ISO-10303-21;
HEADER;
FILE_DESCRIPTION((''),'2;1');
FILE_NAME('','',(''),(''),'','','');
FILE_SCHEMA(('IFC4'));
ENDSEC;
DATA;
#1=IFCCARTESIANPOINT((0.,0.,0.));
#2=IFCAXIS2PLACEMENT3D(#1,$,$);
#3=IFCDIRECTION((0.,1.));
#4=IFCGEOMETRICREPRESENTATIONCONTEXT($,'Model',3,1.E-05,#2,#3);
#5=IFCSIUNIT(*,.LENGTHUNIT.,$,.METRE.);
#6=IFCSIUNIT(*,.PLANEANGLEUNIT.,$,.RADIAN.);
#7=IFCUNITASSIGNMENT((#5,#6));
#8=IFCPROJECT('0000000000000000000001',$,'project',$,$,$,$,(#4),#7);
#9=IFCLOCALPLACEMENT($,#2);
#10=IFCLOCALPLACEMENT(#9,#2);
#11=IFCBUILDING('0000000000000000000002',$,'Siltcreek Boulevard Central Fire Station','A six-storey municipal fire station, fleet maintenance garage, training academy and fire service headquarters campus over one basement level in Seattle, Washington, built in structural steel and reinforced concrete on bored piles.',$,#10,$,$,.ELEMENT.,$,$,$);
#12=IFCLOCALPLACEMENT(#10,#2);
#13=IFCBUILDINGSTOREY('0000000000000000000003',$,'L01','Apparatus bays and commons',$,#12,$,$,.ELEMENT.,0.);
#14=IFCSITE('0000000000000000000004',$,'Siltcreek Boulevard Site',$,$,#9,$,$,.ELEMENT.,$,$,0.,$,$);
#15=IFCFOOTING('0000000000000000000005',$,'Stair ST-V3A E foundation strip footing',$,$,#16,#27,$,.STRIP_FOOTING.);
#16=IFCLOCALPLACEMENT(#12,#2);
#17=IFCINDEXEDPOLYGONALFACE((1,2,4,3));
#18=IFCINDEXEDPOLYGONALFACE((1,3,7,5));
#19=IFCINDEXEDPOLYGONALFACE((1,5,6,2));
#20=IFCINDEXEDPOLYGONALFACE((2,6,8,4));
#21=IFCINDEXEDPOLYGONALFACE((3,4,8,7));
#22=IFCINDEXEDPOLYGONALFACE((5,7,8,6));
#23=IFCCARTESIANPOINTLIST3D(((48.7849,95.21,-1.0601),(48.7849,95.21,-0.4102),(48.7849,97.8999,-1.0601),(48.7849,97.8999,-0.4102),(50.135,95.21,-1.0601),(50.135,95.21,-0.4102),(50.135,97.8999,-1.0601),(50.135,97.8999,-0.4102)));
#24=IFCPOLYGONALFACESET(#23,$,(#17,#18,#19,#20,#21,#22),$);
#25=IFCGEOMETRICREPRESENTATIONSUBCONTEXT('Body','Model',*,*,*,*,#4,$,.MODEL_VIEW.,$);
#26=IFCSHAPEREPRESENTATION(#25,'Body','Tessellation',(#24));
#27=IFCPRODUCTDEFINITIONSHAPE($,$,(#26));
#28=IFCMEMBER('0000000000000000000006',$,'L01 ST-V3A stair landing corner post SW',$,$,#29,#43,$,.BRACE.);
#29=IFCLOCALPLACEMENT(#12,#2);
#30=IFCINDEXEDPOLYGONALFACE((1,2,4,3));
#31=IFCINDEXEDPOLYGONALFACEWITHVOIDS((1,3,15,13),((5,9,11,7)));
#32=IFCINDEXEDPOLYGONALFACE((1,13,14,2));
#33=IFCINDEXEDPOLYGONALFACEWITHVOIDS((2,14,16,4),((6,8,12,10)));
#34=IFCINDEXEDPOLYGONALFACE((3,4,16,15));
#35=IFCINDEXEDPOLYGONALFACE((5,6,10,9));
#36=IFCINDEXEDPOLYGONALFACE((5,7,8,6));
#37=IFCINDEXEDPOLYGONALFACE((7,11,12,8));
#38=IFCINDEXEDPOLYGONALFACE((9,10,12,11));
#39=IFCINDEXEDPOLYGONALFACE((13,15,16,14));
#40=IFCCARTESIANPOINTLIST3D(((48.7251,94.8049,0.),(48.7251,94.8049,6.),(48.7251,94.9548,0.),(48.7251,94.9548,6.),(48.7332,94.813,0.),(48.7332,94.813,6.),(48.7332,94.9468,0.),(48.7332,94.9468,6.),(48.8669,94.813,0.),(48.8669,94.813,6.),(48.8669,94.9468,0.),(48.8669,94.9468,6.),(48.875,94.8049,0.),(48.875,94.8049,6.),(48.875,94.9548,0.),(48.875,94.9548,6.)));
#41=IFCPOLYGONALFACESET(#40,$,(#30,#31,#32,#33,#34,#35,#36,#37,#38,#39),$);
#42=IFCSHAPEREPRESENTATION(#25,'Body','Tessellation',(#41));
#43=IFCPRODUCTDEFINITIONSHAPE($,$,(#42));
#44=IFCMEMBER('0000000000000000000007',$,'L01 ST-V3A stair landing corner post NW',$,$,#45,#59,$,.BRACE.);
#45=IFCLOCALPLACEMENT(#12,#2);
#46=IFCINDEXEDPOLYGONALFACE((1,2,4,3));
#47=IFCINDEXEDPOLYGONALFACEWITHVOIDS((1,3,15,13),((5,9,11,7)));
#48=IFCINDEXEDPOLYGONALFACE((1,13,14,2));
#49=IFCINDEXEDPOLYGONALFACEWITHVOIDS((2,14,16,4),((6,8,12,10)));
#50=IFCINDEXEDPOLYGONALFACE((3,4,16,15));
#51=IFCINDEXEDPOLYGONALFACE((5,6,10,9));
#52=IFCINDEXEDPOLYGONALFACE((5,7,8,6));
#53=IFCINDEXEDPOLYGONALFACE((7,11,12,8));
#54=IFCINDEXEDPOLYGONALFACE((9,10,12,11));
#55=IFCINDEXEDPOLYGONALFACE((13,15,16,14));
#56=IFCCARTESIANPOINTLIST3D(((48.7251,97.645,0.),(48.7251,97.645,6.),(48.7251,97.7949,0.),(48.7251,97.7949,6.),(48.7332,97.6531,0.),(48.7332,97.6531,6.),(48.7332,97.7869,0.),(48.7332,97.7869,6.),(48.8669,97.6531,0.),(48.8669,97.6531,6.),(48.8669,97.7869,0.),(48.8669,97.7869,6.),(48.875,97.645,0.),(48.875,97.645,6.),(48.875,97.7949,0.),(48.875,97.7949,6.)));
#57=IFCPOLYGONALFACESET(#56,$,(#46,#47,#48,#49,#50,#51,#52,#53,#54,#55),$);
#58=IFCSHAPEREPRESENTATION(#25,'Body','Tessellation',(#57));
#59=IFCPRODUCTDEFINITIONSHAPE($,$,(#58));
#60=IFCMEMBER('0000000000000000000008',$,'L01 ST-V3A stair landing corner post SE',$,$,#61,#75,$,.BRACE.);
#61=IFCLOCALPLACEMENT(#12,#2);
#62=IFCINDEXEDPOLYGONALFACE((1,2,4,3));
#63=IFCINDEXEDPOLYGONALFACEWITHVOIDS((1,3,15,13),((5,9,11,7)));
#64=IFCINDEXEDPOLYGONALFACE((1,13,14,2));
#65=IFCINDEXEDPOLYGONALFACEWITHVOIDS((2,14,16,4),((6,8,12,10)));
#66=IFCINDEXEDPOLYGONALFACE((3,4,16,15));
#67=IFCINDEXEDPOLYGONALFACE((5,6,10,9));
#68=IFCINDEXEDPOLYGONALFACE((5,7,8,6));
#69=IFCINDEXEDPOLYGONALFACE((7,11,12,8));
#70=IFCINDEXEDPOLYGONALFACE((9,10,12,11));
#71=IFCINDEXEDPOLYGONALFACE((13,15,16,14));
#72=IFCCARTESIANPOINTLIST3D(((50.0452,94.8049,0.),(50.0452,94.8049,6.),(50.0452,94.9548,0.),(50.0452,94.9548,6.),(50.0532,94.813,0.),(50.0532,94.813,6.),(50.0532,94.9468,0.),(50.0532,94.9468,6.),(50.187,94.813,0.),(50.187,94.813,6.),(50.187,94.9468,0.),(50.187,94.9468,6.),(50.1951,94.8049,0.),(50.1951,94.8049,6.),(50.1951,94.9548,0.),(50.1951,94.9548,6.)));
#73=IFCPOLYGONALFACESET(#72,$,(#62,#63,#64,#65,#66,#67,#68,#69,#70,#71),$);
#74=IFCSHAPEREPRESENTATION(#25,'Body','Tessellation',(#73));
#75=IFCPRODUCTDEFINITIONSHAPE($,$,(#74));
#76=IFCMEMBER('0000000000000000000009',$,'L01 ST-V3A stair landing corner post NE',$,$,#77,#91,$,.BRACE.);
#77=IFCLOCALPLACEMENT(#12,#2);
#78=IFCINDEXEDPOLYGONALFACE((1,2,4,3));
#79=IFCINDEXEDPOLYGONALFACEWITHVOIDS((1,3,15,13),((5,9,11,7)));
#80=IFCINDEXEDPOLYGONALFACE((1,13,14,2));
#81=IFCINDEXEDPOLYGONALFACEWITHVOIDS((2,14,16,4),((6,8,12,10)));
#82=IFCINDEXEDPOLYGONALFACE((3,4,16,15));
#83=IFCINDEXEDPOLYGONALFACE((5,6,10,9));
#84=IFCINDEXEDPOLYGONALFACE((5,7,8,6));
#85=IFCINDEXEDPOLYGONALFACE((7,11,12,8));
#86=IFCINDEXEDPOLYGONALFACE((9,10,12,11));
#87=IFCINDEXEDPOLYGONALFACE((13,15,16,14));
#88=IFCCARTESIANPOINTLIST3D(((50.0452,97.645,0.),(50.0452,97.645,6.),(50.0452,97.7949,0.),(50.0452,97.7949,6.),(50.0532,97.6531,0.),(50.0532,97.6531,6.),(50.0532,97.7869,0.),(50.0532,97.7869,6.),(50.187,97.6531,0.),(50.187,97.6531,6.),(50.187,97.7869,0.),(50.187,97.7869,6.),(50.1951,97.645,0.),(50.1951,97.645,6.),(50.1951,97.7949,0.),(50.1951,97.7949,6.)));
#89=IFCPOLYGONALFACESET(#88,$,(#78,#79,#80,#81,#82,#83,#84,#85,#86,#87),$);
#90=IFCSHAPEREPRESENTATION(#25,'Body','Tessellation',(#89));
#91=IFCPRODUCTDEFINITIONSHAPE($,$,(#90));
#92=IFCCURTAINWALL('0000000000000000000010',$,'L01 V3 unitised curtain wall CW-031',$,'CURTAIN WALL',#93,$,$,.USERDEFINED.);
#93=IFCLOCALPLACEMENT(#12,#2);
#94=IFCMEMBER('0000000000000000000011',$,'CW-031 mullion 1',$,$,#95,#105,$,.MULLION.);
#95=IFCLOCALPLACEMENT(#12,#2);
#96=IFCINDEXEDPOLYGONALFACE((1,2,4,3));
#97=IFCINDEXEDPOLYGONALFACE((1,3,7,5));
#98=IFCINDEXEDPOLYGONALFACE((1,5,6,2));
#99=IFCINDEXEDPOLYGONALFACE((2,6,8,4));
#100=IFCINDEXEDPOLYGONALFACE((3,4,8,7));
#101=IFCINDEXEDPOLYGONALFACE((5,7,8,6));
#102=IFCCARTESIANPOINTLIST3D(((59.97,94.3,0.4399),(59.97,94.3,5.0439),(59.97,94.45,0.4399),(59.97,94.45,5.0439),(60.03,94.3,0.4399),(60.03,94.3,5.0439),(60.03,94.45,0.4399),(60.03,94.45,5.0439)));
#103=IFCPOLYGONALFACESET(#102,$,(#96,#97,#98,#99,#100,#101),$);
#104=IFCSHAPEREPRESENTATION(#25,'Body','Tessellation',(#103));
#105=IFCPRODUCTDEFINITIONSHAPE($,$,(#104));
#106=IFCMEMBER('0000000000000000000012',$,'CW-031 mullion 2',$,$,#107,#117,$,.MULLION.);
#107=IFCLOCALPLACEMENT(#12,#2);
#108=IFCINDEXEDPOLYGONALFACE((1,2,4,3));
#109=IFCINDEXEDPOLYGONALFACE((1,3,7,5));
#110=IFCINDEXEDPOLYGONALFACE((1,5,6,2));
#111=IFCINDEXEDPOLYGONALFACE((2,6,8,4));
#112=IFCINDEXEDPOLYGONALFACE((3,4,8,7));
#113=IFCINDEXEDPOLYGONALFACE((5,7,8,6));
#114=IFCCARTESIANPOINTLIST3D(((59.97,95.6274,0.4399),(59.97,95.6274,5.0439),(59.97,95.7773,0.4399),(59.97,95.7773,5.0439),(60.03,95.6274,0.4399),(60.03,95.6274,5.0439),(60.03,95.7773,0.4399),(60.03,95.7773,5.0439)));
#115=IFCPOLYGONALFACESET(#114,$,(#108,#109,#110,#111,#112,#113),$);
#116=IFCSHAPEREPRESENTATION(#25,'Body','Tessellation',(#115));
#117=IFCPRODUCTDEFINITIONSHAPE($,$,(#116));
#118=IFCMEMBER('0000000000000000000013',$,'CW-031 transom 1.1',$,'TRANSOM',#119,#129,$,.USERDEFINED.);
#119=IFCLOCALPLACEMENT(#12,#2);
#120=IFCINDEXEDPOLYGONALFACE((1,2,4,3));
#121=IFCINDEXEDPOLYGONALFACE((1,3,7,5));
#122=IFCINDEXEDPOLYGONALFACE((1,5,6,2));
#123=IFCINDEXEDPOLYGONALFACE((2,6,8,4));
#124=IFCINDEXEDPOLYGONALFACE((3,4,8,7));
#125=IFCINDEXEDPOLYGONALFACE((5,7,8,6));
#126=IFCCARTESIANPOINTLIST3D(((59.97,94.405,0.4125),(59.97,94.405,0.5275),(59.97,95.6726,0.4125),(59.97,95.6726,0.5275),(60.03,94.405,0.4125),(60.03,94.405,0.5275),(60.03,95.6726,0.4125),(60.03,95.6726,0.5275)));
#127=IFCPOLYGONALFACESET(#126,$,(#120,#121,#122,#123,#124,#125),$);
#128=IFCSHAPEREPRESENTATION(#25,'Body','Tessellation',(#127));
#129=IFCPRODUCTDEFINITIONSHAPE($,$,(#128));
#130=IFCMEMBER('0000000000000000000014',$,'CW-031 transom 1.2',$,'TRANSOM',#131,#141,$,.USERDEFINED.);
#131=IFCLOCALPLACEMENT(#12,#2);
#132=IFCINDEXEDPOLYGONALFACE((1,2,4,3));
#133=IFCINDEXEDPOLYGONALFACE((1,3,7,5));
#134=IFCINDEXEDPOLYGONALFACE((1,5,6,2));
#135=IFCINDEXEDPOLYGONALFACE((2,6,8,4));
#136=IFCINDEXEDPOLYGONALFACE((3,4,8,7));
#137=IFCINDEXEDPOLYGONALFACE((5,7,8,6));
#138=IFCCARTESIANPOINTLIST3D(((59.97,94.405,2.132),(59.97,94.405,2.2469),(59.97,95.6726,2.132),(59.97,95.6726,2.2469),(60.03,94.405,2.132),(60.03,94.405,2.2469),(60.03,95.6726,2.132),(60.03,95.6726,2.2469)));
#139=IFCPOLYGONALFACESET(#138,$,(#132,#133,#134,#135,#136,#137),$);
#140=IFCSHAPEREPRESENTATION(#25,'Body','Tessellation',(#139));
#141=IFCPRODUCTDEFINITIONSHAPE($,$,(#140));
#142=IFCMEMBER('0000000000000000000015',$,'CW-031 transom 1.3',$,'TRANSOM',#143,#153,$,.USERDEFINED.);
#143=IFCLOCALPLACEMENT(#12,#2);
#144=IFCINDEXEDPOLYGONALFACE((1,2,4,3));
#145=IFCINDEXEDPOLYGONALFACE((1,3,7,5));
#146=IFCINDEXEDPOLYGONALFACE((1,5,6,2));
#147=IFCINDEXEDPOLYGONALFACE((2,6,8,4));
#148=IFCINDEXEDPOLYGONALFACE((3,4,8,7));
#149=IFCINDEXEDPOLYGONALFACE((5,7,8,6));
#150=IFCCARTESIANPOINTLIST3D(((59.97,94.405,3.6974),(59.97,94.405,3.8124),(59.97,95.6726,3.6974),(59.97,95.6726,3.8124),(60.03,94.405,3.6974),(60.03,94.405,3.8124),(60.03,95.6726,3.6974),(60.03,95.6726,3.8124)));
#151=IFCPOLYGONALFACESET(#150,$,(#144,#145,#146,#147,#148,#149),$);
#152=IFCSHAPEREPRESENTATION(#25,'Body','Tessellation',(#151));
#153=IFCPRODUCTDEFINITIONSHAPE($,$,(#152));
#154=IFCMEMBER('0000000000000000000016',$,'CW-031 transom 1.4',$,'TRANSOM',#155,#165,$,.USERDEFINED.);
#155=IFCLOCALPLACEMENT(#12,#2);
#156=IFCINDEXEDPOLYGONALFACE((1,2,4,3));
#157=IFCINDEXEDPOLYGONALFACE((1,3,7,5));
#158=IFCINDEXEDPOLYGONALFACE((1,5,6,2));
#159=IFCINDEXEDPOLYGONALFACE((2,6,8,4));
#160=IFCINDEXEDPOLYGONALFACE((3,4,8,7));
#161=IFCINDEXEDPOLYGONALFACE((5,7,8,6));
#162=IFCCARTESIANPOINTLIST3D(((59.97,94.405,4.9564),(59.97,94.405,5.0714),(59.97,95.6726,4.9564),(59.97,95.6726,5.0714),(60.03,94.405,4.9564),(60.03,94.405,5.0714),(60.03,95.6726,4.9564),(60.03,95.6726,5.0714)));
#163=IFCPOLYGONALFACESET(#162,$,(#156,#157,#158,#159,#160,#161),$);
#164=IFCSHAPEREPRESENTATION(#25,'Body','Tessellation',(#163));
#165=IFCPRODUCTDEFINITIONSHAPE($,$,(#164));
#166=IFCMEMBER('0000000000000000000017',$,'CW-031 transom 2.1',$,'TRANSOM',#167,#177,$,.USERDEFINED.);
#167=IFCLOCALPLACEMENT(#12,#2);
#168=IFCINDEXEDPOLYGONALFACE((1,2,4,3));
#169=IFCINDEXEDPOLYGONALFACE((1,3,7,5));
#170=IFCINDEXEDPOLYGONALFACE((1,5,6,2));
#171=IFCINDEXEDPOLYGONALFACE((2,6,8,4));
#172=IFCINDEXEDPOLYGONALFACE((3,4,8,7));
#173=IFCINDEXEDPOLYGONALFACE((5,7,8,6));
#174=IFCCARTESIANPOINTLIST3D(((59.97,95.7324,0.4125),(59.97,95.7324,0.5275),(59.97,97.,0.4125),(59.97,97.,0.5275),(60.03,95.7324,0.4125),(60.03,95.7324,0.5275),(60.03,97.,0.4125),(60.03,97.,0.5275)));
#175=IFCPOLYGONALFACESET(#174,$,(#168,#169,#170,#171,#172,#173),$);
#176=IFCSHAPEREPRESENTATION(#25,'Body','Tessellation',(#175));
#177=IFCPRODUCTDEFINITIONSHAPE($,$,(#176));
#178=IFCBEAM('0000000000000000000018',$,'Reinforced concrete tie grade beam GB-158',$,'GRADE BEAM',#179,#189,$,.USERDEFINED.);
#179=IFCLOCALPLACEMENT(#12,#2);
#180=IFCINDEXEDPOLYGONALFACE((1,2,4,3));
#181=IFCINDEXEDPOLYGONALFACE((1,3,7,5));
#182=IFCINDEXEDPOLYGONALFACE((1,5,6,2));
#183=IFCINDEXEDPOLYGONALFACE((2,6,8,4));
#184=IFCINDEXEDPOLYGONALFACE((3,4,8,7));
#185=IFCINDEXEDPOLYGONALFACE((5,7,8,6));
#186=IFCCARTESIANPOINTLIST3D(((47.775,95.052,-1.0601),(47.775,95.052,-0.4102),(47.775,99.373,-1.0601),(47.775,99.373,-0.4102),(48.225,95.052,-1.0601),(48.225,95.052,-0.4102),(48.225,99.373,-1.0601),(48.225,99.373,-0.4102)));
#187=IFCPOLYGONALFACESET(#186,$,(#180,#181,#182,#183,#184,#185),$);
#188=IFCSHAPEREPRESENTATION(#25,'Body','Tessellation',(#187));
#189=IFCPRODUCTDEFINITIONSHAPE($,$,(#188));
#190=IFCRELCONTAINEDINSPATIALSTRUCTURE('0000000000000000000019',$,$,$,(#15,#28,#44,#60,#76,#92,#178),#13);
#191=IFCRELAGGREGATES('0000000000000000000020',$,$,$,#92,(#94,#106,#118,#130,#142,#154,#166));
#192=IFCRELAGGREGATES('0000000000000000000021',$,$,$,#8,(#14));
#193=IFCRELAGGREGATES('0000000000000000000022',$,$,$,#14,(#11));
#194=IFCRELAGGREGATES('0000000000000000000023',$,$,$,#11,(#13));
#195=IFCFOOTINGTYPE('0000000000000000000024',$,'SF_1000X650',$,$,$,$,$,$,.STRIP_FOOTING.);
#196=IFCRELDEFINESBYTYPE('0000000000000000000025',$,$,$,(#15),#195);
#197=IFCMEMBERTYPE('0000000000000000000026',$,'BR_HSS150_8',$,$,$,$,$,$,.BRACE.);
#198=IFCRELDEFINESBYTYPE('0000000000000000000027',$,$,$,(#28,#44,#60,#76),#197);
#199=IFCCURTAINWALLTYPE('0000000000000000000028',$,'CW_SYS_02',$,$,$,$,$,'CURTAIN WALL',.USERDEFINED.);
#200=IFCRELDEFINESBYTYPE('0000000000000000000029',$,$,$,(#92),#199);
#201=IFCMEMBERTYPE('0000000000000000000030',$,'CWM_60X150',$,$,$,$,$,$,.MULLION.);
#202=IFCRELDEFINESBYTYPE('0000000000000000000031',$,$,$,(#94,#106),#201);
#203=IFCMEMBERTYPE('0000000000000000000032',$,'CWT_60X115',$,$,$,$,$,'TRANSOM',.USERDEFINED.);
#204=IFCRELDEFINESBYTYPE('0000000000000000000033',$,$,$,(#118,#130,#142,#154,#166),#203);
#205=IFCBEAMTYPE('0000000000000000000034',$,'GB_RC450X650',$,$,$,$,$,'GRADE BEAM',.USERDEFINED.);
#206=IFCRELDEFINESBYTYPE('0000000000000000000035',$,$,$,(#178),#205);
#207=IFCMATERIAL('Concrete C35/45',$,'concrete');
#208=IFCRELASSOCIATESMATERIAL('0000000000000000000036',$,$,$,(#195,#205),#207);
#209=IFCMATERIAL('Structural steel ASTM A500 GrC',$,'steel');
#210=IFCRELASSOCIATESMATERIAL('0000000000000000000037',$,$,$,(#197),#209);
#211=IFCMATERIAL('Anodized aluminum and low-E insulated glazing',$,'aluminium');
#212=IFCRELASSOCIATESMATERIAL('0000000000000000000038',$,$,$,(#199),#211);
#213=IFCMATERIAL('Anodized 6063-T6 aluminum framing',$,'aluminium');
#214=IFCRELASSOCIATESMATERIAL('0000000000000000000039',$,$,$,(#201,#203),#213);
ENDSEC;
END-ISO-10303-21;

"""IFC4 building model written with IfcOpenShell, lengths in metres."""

from ifc_helpers import new_model, si_unit, direction, frame, origin, origin_2d, place, context, subcontext, project, spatial, rectangle, hollow_rectangle, extrude, material, material_profile, profile_set, type_object, element, aggregate, save


model = new_model("IFC4")

# Units and contexts
model_context = context("Model", 3, precision=1e-05, world=origin(), true_north=direction((0.0, 1.0)))
body_context = subcontext(model_context, "Body", "Model", "MODEL_VIEW")
ifc_project = project(units=[si_unit("LENGTHUNIT", "METRE"), si_unit("PLANEANGLEUNIT", "RADIAN")], contexts=[model_context])

# Site, building, storey
site_placement = place(None, origin())
site = spatial("IfcSite", under=ifc_project, at=site_placement, Name="Siltcreek Boulevard Site", CompositionType="ELEMENT", RefElevation=0.0)
building_placement = place(site_placement, origin())
building = spatial("IfcBuilding", under=site, at=building_placement, Name="Siltcreek Boulevard Central Fire Station", Description="A six-storey municipal fire station, fleet maintenance garage, training academy and fire service headquarters campus over one basement level in Seattle, Washington, built in structural steel and reinforced concrete on bored piles.", CompositionType="ELEMENT")
storey_placement = place(building_placement, origin())
storey = spatial("IfcBuildingStorey", under=building, at=storey_placement, Name="L01", Description="Apparatus bays and commons", CompositionType="ELEMENT", Elevation=0.0)

# Footing
ifc_material_1 = material(Name="Concrete C35/45", Category="concrete")
footing_type = type_object("IfcFootingType", Name="SF_1000X650", PredefinedType="STRIP_FOOTING", material=ifc_material_1)
footing_placement = place(storey_placement, frame((49.46, 96.5549, -1.0601), z_axis=(0.0, 0.0, 1.0), x_axis=(1.0, 0.0, 0.0)))
element("IfcFooting", 1, at=footing_placement, inside=storey, type_object=footing_type, Name="Stair ST-V3A E foundation strip footing", PredefinedType="STRIP_FOOTING", context=body_context, shape_type="SweptSolid", body=[
    extrude(rectangle(XDim=1.3501, YDim=2.6899, at=origin_2d()), origin(), (0.0, 0.0, 1.0), 0.6499),
])

# Members
ifc_material_2 = material(Name="Structural steel ASTM A500 GrC", Category="steel")
ifc_material_profile_1 = material_profile(ifc_material_2, hollow_rectangle(XDim=0.1499, YDim=0.1499, WallThickness=0.0081, at=origin_2d()), Name="HSS150X150X8.0")
ifc_profile_set_1 = profile_set([ifc_material_profile_1], Name="Structural steel ASTM A500 GrC")
member_type_1 = type_object("IfcMemberType", Name="BR_HSS150_8", PredefinedType="BRACE", material=ifc_profile_set_1)
for number, where, z_axis, x_axis, name in (
    (2, (48.8, 94.8799, 0.0), (0.0, 0.0, 1.0), (1.0, 0.0, 0.0), "L01 ST-V3A stair landing corner post SW"),
    (3, (48.8, 97.72, 0.0), (0.0, 0.0, 1.0), (1.0, 0.0, 0.0), "L01 ST-V3A stair landing corner post NW"),
    (4, (50.1201, 94.8799, 0.0), (0.0, 0.0, 1.0), (1.0, 0.0, 0.0), "L01 ST-V3A stair landing corner post SE"),
    (5, (50.1201, 97.72, 0.0), (0.0, 0.0, 1.0), (1.0, 0.0, 0.0), "L01 ST-V3A stair landing corner post NE"),
):
    element("IfcMember", number, at=place(storey_placement, frame(where, z_axis=z_axis, x_axis=x_axis)), inside=storey, type_object=member_type_1, Name=name, PredefinedType="BRACE", context=body_context, shape_type="SweptSolid", body=[
        extrude(hollow_rectangle(XDim=0.1499, YDim=0.1499, WallThickness=0.0081, at=origin_2d()), origin(), (0.0, 0.0, 1.0), 6.0),
    ])

# Curtain wall, members
ifc_material_3 = material(Name="Anodized aluminum and low-E insulated glazing", Category="aluminium")
curtain_wall_type = type_object("IfcCurtainWallType", Name="CW_SYS_02", ElementType="CURTAIN WALL", PredefinedType="USERDEFINED", material=ifc_material_3)
curtain_wall_placement = place(storey_placement, origin())
curtain_wall = element("IfcCurtainWall", 6, at=curtain_wall_placement, inside=storey, type_object=curtain_wall_type, Name="L01 V3 unitised curtain wall CW-031", ObjectType="CURTAIN WALL", PredefinedType="USERDEFINED")
ifc_material_4 = material(Name="Anodized 6063-T6 aluminum framing", Category="aluminium")
ifc_material_profile_2 = material_profile(ifc_material_4, rectangle(XDim=0.0601, YDim=0.1499, at=origin_2d()), Name="MULL60X150")
ifc_profile_set_2 = profile_set([ifc_material_profile_2], Name="Anodized 6063-T6 aluminum framing")
member_type_2 = type_object("IfcMemberType", Name="CWM_60X150", PredefinedType="MULLION", material=ifc_profile_set_2)
member_1_placement = place(storey_placement, frame((60.0, 94.375, 0.4399), z_axis=(0.0, 0.0, 1.0), x_axis=(-1.0, 0.0, 0.0)))
member_1 = element("IfcMember", 7, at=member_1_placement, type_object=member_type_2, Name="CW-031 mullion 1", PredefinedType="MULLION", context=body_context, shape_type="SweptSolid", body=[
    extrude(rectangle(XDim=0.0601, YDim=0.1499, at=origin_2d()), origin(), (0.0, 0.0, 1.0), 4.604),
])
member_2_placement = place(storey_placement, frame((60.0, 95.7024, 0.4399), z_axis=(0.0, 0.0, 1.0), x_axis=(-1.0, 0.0, 0.0)))
member_2 = element("IfcMember", 8, at=member_2_placement, type_object=member_type_2, Name="CW-031 mullion 2", PredefinedType="MULLION", context=body_context, shape_type="SweptSolid", body=[
    extrude(rectangle(XDim=0.0601, YDim=0.1499, at=origin_2d()), origin(), (0.0, 0.0, 1.0), 4.604),
])
ifc_material_profile_3 = material_profile(ifc_material_4, rectangle(XDim=0.0601, YDim=0.115, at=origin_2d()), Name="TRAN60X115")
ifc_profile_set_3 = profile_set([ifc_material_profile_3], Name="Anodized 6063-T6 aluminum framing")
member_type_3 = type_object("IfcMemberType", Name="CWT_60X115", ElementType="TRANSOM", PredefinedType="USERDEFINED", material=ifc_profile_set_3)
member_3_placement = place(storey_placement, frame((60.0, 94.405, 0.47), z_axis=(0.0, 1.0, 0.0), x_axis=(-1.0, 0.0, 0.0)))
member_3 = element("IfcMember", 9, at=member_3_placement, type_object=member_type_3, Name="CW-031 transom 1.1", ObjectType="TRANSOM", PredefinedType="USERDEFINED", context=body_context, shape_type="SweptSolid", body=[
    extrude(rectangle(XDim=0.0601, YDim=0.115, at=origin_2d()), origin(), (0.0, 0.0, 1.0), 1.2676),
])
member_4_placement = place(storey_placement, frame((60.0, 94.405, 2.1895), z_axis=(0.0, 1.0, 0.0), x_axis=(-1.0, 0.0, 0.0)))
member_4 = element("IfcMember", 10, at=member_4_placement, type_object=member_type_3, Name="CW-031 transom 1.2", ObjectType="TRANSOM", PredefinedType="USERDEFINED", context=body_context, shape_type="SweptSolid", body=[
    extrude(rectangle(XDim=0.0601, YDim=0.115, at=origin_2d()), origin(), (0.0, 0.0, 1.0), 1.2676),
])
member_5_placement = place(storey_placement, frame((60.0, 94.405, 3.7549), z_axis=(0.0, 1.0, 0.0), x_axis=(-1.0, 0.0, 0.0)))
member_5 = element("IfcMember", 11, at=member_5_placement, type_object=member_type_3, Name="CW-031 transom 1.3", ObjectType="TRANSOM", PredefinedType="USERDEFINED", context=body_context, shape_type="SweptSolid", body=[
    extrude(rectangle(XDim=0.0601, YDim=0.115, at=origin_2d()), origin(), (0.0, 0.0, 1.0), 1.2676),
])
member_6_placement = place(storey_placement, frame((60.0, 94.405, 5.0139), z_axis=(0.0, 1.0, 0.0), x_axis=(-1.0, 0.0, 0.0)))
member_6 = element("IfcMember", 12, at=member_6_placement, type_object=member_type_3, Name="CW-031 transom 1.4", ObjectType="TRANSOM", PredefinedType="USERDEFINED", context=body_context, shape_type="SweptSolid", body=[
    extrude(rectangle(XDim=0.0601, YDim=0.115, at=origin_2d()), origin(), (0.0, 0.0, 1.0), 1.2676),
])
member_7_placement = place(storey_placement, frame((60.0, 95.7324, 0.47), z_axis=(0.0, 1.0, 0.0), x_axis=(-1.0, 0.0, 0.0)))
member_7 = element("IfcMember", 13, at=member_7_placement, type_object=member_type_3, Name="CW-031 transom 2.1", ObjectType="TRANSOM", PredefinedType="USERDEFINED", context=body_context, shape_type="SweptSolid", body=[
    extrude(rectangle(XDim=0.0601, YDim=0.115, at=origin_2d()), origin(), (0.0, 0.0, 1.0), 1.2676),
])

# Beam
ifc_material_profile_4 = material_profile(ifc_material_1, rectangle(XDim=0.45, YDim=0.6499, at=origin_2d()), Name="RC450X650")
ifc_profile_set_4 = profile_set([ifc_material_profile_4], Name="Concrete C35/45")
beam_type_1 = type_object("IfcBeamType", Name="GB_RC450X650", ElementType="GRADE BEAM", PredefinedType="USERDEFINED", material=ifc_profile_set_4)
beam_1_placement = place(storey_placement, frame((48.0, 95.052, -0.7351), z_axis=(0.0, 1.0, 0.0), x_axis=(-1.0, 0.0, 0.0)))
element("IfcBeam", 14, at=beam_1_placement, inside=storey, type_object=beam_type_1, Name="Reinforced concrete tie grade beam GB-158", ObjectType="GRADE BEAM", PredefinedType="USERDEFINED", context=body_context, shape_type="SweptSolid", body=[
    extrude(rectangle(XDim=0.45, YDim=0.6499, at=origin_2d()), origin(), (0.0, 0.0, 1.0), 4.321),
])

aggregate(curtain_wall, [member_1, member_2, member_3, member_4, member_5, member_6, member_7])

save(model, "model.ifc")
